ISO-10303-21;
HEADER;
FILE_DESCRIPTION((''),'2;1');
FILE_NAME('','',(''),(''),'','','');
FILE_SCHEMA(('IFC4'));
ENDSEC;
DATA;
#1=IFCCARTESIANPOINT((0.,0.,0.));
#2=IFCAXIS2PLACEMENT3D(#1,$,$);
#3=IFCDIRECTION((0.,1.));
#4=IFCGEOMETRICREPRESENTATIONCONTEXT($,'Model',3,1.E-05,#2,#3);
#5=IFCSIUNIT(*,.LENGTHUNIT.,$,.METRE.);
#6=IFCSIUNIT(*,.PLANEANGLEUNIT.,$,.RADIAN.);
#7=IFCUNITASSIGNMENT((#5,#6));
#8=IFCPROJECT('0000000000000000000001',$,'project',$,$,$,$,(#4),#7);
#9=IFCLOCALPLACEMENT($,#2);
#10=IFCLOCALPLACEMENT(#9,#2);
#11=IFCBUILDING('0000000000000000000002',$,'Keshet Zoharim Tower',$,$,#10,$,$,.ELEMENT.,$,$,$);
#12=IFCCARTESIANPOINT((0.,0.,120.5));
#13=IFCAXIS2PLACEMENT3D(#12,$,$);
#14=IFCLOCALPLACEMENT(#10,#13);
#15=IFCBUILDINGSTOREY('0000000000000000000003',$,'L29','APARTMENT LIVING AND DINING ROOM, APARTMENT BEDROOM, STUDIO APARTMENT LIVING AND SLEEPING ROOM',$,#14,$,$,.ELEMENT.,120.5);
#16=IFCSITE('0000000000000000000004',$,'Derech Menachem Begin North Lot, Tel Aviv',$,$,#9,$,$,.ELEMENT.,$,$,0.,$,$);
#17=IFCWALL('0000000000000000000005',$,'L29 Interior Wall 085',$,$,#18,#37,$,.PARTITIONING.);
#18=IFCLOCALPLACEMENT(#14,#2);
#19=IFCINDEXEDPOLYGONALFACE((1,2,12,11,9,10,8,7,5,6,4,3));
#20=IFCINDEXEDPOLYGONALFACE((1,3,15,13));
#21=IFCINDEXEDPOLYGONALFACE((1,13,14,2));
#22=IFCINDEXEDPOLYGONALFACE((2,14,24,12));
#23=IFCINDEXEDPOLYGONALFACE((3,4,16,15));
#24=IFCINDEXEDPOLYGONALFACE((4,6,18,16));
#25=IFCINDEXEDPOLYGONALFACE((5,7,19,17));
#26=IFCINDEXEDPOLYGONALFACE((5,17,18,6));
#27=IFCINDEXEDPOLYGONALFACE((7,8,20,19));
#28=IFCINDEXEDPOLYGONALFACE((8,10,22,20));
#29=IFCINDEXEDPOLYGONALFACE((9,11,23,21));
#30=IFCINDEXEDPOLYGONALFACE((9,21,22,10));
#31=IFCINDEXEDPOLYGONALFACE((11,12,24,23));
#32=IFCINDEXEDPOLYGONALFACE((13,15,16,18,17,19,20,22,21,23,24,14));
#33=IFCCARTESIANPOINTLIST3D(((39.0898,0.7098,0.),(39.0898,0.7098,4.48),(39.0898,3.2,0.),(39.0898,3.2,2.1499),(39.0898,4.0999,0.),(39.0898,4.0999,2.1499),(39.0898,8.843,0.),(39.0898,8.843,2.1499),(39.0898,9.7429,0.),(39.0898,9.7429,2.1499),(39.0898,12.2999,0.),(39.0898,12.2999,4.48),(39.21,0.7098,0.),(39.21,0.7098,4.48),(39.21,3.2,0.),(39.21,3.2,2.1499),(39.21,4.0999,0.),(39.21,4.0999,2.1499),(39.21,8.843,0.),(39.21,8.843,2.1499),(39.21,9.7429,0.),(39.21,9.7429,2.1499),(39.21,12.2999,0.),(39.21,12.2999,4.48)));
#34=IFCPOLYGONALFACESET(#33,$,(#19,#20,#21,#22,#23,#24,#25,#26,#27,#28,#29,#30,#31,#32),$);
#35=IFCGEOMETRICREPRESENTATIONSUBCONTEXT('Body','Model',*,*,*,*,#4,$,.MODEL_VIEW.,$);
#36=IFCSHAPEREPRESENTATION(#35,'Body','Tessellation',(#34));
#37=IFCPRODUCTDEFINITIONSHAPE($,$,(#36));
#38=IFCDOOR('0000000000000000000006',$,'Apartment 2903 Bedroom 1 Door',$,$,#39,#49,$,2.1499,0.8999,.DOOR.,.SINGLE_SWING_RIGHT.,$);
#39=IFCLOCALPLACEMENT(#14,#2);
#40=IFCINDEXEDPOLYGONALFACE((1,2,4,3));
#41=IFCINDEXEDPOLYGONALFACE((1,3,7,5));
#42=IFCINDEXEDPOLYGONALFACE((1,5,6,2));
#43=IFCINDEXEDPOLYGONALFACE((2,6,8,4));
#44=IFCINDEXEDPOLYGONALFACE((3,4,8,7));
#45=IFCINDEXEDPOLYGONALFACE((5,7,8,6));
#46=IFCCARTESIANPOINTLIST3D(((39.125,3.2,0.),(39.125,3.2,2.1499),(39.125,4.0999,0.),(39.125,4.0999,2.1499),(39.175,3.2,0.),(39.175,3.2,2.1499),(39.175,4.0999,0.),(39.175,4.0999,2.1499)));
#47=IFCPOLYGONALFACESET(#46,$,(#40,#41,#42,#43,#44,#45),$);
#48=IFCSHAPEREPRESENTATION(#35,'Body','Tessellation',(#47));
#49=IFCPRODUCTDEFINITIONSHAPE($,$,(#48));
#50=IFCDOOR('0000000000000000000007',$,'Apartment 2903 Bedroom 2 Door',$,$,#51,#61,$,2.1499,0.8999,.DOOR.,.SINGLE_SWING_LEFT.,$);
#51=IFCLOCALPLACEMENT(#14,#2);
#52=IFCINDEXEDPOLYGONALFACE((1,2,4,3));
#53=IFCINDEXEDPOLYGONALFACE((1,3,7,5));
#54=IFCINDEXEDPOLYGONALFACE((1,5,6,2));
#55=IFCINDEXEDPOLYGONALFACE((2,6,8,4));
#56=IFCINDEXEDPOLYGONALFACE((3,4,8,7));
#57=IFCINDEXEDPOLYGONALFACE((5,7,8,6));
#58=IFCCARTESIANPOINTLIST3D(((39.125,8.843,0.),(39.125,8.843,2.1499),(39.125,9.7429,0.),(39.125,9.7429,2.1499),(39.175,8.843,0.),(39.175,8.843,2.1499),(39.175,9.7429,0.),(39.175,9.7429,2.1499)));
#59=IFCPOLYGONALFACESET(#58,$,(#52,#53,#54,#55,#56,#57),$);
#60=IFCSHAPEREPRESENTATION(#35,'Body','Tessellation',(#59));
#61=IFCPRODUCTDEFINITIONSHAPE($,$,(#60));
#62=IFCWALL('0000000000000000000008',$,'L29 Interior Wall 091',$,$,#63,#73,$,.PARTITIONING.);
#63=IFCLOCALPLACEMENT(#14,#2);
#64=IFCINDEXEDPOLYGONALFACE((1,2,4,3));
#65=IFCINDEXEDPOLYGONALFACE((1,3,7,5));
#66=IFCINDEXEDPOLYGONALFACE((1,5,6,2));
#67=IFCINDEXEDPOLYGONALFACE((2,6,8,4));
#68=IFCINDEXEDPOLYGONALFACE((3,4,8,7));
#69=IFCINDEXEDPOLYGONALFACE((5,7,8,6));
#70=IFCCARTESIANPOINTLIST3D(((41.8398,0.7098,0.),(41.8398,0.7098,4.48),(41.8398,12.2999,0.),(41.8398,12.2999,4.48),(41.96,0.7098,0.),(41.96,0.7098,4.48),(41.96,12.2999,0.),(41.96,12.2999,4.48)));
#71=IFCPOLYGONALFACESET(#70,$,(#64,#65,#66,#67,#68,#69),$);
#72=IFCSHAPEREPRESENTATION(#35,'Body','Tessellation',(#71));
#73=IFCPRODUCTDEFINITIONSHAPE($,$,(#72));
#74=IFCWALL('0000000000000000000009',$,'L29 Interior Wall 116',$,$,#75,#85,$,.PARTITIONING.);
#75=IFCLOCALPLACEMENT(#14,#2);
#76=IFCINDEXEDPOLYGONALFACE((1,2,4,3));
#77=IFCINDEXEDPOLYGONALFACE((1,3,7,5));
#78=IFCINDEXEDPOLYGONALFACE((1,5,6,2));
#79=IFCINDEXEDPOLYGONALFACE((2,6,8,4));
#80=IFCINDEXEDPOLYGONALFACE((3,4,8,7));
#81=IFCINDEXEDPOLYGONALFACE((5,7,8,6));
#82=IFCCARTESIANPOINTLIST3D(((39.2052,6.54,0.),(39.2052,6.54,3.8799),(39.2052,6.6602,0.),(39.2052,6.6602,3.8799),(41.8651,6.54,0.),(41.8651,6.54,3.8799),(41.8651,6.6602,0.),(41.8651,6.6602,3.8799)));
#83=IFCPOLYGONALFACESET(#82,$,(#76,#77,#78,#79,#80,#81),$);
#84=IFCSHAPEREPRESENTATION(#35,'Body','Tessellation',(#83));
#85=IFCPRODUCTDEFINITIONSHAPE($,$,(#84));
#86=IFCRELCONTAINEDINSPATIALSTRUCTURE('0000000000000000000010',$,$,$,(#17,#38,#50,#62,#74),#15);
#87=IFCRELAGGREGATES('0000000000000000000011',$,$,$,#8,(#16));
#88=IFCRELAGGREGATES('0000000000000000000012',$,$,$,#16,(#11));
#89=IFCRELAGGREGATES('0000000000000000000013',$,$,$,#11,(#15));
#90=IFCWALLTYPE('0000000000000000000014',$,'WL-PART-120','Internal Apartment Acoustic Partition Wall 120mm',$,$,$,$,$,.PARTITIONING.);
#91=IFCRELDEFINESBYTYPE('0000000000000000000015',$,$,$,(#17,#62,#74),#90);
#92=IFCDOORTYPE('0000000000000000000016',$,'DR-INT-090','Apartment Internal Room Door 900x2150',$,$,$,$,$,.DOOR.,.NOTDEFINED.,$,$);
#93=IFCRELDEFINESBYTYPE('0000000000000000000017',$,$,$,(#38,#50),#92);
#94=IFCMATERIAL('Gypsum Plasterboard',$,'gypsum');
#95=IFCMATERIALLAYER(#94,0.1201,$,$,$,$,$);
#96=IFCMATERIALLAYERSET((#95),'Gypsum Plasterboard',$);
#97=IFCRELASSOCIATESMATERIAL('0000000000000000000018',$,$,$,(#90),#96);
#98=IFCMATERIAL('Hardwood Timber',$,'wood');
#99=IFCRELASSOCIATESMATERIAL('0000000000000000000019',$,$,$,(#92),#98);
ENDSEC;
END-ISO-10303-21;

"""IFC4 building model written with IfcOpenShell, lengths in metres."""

from ifc_helpers import new_model, si_unit, direction, frame, frame_2d, origin, place, context, subcontext, project, spatial, rectangle, extrude, material, layer, layer_set, type_object, element, fill, save


model = new_model("IFC4")

# Units and contexts
model_context = context("Model", 3, precision=1e-05, world=origin(), true_north=direction((0.0, 1.0)))
body_context = subcontext(model_context, "Body", "Model", "MODEL_VIEW")
ifc_project = project(units=[si_unit("LENGTHUNIT", "METRE"), si_unit("PLANEANGLEUNIT", "RADIAN")], contexts=[model_context])

# Site, building, storey
site_placement = place(None, origin())
site = spatial("IfcSite", under=ifc_project, at=site_placement, Name="Derech Menachem Begin North Lot, Tel Aviv", CompositionType="ELEMENT", RefElevation=0.0)
building_placement = place(site_placement, origin())
building = spatial("IfcBuilding", under=site, at=building_placement, Name="Keshet Zoharim Tower", CompositionType="ELEMENT")
storey_placement = place(building_placement, frame((0.0, 0.0, 120.5)))
storey = spatial("IfcBuildingStorey", under=building, at=storey_placement, Name="L29", Description="APARTMENT LIVING AND DINING ROOM, APARTMENT BEDROOM, STUDIO APARTMENT LIVING AND SLEEPING ROOM", CompositionType="ELEMENT", Elevation=120.5)

# Shared definitions
ifc_material_1 = material(Name="Gypsum Plasterboard", Category="gypsum")
ifc_layer_1 = layer(ifc_material_1, 0.1201)
ifc_layer_set_1 = layer_set([ifc_layer_1], Name="Gypsum Plasterboard")
wall_type = type_object("IfcWallType", Name="WL-PART-120", Description="Internal Apartment Acoustic Partition Wall 120mm", PredefinedType="PARTITIONING", material=ifc_layer_set_1)

# Wall, openings, doors
wall_1_placement = place(storey_placement, frame((39.1499, 0.71, 0.0), z_axis=(0.0, 0.0, 1.0), x_axis=(0.0, 1.0, 0.0)))
wall_1 = element("IfcWall", 1, at=wall_1_placement, inside=storey, type_object=wall_type, Name="L29 Interior Wall 085", PredefinedType="PARTITIONING", context=body_context, shape_type="SweptSolid", body=[
    extrude(rectangle(XDim=11.5901, YDim=0.1201, at=frame_2d((5.7949, 0.0))), origin(), (0.0, 0.0, 1.0), 4.48),
])
opening_1_placement = place(wall_1_placement, frame((2.49, 0.0, 0.0)))
opening_1 = element("IfcOpeningElement", 2, at=opening_1_placement, cuts=wall_1, PredefinedType="OPENING", context=body_context, shape_type="SweptSolid", body=[
    extrude(rectangle(XDim=0.8999, YDim=2.1499, at=frame_2d((0.45, 1.075))), frame((0.0, 0.0701, 0.0), z_axis=(0.0, -1.0, 0.0), x_axis=(1.0, 0.0, 0.0)), (0.0, 0.0, 1.0), 0.1401),
])
opening_2_placement = place(wall_1_placement, frame((8.1331, 0.0, 0.0)))
opening_2 = element("IfcOpeningElement", 3, at=opening_2_placement, cuts=wall_1, PredefinedType="OPENING", context=body_context, shape_type="SweptSolid", body=[
    extrude(rectangle(XDim=0.8999, YDim=2.1499, at=frame_2d((0.45, 1.075))), frame((0.0, 0.0701, 0.0), z_axis=(0.0, -1.0, 0.0), x_axis=(1.0, 0.0, 0.0)), (0.0, 0.0, 1.0), 0.1401),
])
ifc_material_2 = material(Name="Hardwood Timber", Category="wood")
door_type = type_object("IfcDoorType", Name="DR-INT-090", Description="Apartment Internal Room Door 900x2150", OperationType="NOTDEFINED", PredefinedType="DOOR", material=ifc_material_2)
door_1_placement = place(opening_1_placement, origin())
door_1 = element("IfcDoor", 4, at=door_1_placement, inside=storey, type_object=door_type, Name="Apartment 2903 Bedroom 1 Door", OperationType="SINGLE_SWING_RIGHT", OverallHeight=2.1499, OverallWidth=0.8999, PredefinedType="DOOR", context=body_context, shape_type="SweptSolid", body=[
    extrude(rectangle(XDim=0.8999, YDim=2.1499, at=frame_2d((0.45, 1.075))), frame((0.0, 0.0249, 0.0), z_axis=(0.0, -1.0, 0.0), x_axis=(1.0, 0.0, 0.0)), (0.0, 0.0, 1.0), 0.05),
])
fill(opening_1, door_1)
door_2_placement = place(opening_2_placement, origin())
door_2 = element("IfcDoor", 5, at=door_2_placement, inside=storey, type_object=door_type, Name="Apartment 2903 Bedroom 2 Door", OperationType="SINGLE_SWING_LEFT", OverallHeight=2.1499, OverallWidth=0.8999, PredefinedType="DOOR", context=body_context, shape_type="SweptSolid", body=[
    extrude(rectangle(XDim=0.8999, YDim=2.1499, at=frame_2d((0.45, 1.075))), frame((0.0, 0.0249, 0.0), z_axis=(0.0, -1.0, 0.0), x_axis=(1.0, 0.0, 0.0)), (0.0, 0.0, 1.0), 0.05),
])
fill(opening_2, door_2)

# Walls
wall_2_placement = place(storey_placement, frame((41.8999, 0.71, 0.0), z_axis=(0.0, 0.0, 1.0), x_axis=(0.0, 1.0, 0.0)))
element("IfcWall", 6, at=wall_2_placement, inside=storey, type_object=wall_type, Name="L29 Interior Wall 091", PredefinedType="PARTITIONING", context=body_context, shape_type="SweptSolid", body=[
    extrude(rectangle(XDim=11.5901, YDim=0.1201, at=frame_2d((5.7949, 0.0))), origin(), (0.0, 0.0, 1.0), 4.48),
])
wall_3_placement = place(storey_placement, frame((39.2051, 6.6001, 0.0), z_axis=(0.0, 0.0, 1.0), x_axis=(1.0, 0.0, 0.0)))
element("IfcWall", 7, at=wall_3_placement, inside=storey, type_object=wall_type, Name="L29 Interior Wall 116", PredefinedType="PARTITIONING", context=body_context, shape_type="SweptSolid", body=[
    extrude(rectangle(XDim=2.6599, YDim=0.1201, at=frame_2d((1.3301, 0.0))), origin(), (0.0, 0.0, 1.0), 3.8799),
])

save(model, "model.ifc")
